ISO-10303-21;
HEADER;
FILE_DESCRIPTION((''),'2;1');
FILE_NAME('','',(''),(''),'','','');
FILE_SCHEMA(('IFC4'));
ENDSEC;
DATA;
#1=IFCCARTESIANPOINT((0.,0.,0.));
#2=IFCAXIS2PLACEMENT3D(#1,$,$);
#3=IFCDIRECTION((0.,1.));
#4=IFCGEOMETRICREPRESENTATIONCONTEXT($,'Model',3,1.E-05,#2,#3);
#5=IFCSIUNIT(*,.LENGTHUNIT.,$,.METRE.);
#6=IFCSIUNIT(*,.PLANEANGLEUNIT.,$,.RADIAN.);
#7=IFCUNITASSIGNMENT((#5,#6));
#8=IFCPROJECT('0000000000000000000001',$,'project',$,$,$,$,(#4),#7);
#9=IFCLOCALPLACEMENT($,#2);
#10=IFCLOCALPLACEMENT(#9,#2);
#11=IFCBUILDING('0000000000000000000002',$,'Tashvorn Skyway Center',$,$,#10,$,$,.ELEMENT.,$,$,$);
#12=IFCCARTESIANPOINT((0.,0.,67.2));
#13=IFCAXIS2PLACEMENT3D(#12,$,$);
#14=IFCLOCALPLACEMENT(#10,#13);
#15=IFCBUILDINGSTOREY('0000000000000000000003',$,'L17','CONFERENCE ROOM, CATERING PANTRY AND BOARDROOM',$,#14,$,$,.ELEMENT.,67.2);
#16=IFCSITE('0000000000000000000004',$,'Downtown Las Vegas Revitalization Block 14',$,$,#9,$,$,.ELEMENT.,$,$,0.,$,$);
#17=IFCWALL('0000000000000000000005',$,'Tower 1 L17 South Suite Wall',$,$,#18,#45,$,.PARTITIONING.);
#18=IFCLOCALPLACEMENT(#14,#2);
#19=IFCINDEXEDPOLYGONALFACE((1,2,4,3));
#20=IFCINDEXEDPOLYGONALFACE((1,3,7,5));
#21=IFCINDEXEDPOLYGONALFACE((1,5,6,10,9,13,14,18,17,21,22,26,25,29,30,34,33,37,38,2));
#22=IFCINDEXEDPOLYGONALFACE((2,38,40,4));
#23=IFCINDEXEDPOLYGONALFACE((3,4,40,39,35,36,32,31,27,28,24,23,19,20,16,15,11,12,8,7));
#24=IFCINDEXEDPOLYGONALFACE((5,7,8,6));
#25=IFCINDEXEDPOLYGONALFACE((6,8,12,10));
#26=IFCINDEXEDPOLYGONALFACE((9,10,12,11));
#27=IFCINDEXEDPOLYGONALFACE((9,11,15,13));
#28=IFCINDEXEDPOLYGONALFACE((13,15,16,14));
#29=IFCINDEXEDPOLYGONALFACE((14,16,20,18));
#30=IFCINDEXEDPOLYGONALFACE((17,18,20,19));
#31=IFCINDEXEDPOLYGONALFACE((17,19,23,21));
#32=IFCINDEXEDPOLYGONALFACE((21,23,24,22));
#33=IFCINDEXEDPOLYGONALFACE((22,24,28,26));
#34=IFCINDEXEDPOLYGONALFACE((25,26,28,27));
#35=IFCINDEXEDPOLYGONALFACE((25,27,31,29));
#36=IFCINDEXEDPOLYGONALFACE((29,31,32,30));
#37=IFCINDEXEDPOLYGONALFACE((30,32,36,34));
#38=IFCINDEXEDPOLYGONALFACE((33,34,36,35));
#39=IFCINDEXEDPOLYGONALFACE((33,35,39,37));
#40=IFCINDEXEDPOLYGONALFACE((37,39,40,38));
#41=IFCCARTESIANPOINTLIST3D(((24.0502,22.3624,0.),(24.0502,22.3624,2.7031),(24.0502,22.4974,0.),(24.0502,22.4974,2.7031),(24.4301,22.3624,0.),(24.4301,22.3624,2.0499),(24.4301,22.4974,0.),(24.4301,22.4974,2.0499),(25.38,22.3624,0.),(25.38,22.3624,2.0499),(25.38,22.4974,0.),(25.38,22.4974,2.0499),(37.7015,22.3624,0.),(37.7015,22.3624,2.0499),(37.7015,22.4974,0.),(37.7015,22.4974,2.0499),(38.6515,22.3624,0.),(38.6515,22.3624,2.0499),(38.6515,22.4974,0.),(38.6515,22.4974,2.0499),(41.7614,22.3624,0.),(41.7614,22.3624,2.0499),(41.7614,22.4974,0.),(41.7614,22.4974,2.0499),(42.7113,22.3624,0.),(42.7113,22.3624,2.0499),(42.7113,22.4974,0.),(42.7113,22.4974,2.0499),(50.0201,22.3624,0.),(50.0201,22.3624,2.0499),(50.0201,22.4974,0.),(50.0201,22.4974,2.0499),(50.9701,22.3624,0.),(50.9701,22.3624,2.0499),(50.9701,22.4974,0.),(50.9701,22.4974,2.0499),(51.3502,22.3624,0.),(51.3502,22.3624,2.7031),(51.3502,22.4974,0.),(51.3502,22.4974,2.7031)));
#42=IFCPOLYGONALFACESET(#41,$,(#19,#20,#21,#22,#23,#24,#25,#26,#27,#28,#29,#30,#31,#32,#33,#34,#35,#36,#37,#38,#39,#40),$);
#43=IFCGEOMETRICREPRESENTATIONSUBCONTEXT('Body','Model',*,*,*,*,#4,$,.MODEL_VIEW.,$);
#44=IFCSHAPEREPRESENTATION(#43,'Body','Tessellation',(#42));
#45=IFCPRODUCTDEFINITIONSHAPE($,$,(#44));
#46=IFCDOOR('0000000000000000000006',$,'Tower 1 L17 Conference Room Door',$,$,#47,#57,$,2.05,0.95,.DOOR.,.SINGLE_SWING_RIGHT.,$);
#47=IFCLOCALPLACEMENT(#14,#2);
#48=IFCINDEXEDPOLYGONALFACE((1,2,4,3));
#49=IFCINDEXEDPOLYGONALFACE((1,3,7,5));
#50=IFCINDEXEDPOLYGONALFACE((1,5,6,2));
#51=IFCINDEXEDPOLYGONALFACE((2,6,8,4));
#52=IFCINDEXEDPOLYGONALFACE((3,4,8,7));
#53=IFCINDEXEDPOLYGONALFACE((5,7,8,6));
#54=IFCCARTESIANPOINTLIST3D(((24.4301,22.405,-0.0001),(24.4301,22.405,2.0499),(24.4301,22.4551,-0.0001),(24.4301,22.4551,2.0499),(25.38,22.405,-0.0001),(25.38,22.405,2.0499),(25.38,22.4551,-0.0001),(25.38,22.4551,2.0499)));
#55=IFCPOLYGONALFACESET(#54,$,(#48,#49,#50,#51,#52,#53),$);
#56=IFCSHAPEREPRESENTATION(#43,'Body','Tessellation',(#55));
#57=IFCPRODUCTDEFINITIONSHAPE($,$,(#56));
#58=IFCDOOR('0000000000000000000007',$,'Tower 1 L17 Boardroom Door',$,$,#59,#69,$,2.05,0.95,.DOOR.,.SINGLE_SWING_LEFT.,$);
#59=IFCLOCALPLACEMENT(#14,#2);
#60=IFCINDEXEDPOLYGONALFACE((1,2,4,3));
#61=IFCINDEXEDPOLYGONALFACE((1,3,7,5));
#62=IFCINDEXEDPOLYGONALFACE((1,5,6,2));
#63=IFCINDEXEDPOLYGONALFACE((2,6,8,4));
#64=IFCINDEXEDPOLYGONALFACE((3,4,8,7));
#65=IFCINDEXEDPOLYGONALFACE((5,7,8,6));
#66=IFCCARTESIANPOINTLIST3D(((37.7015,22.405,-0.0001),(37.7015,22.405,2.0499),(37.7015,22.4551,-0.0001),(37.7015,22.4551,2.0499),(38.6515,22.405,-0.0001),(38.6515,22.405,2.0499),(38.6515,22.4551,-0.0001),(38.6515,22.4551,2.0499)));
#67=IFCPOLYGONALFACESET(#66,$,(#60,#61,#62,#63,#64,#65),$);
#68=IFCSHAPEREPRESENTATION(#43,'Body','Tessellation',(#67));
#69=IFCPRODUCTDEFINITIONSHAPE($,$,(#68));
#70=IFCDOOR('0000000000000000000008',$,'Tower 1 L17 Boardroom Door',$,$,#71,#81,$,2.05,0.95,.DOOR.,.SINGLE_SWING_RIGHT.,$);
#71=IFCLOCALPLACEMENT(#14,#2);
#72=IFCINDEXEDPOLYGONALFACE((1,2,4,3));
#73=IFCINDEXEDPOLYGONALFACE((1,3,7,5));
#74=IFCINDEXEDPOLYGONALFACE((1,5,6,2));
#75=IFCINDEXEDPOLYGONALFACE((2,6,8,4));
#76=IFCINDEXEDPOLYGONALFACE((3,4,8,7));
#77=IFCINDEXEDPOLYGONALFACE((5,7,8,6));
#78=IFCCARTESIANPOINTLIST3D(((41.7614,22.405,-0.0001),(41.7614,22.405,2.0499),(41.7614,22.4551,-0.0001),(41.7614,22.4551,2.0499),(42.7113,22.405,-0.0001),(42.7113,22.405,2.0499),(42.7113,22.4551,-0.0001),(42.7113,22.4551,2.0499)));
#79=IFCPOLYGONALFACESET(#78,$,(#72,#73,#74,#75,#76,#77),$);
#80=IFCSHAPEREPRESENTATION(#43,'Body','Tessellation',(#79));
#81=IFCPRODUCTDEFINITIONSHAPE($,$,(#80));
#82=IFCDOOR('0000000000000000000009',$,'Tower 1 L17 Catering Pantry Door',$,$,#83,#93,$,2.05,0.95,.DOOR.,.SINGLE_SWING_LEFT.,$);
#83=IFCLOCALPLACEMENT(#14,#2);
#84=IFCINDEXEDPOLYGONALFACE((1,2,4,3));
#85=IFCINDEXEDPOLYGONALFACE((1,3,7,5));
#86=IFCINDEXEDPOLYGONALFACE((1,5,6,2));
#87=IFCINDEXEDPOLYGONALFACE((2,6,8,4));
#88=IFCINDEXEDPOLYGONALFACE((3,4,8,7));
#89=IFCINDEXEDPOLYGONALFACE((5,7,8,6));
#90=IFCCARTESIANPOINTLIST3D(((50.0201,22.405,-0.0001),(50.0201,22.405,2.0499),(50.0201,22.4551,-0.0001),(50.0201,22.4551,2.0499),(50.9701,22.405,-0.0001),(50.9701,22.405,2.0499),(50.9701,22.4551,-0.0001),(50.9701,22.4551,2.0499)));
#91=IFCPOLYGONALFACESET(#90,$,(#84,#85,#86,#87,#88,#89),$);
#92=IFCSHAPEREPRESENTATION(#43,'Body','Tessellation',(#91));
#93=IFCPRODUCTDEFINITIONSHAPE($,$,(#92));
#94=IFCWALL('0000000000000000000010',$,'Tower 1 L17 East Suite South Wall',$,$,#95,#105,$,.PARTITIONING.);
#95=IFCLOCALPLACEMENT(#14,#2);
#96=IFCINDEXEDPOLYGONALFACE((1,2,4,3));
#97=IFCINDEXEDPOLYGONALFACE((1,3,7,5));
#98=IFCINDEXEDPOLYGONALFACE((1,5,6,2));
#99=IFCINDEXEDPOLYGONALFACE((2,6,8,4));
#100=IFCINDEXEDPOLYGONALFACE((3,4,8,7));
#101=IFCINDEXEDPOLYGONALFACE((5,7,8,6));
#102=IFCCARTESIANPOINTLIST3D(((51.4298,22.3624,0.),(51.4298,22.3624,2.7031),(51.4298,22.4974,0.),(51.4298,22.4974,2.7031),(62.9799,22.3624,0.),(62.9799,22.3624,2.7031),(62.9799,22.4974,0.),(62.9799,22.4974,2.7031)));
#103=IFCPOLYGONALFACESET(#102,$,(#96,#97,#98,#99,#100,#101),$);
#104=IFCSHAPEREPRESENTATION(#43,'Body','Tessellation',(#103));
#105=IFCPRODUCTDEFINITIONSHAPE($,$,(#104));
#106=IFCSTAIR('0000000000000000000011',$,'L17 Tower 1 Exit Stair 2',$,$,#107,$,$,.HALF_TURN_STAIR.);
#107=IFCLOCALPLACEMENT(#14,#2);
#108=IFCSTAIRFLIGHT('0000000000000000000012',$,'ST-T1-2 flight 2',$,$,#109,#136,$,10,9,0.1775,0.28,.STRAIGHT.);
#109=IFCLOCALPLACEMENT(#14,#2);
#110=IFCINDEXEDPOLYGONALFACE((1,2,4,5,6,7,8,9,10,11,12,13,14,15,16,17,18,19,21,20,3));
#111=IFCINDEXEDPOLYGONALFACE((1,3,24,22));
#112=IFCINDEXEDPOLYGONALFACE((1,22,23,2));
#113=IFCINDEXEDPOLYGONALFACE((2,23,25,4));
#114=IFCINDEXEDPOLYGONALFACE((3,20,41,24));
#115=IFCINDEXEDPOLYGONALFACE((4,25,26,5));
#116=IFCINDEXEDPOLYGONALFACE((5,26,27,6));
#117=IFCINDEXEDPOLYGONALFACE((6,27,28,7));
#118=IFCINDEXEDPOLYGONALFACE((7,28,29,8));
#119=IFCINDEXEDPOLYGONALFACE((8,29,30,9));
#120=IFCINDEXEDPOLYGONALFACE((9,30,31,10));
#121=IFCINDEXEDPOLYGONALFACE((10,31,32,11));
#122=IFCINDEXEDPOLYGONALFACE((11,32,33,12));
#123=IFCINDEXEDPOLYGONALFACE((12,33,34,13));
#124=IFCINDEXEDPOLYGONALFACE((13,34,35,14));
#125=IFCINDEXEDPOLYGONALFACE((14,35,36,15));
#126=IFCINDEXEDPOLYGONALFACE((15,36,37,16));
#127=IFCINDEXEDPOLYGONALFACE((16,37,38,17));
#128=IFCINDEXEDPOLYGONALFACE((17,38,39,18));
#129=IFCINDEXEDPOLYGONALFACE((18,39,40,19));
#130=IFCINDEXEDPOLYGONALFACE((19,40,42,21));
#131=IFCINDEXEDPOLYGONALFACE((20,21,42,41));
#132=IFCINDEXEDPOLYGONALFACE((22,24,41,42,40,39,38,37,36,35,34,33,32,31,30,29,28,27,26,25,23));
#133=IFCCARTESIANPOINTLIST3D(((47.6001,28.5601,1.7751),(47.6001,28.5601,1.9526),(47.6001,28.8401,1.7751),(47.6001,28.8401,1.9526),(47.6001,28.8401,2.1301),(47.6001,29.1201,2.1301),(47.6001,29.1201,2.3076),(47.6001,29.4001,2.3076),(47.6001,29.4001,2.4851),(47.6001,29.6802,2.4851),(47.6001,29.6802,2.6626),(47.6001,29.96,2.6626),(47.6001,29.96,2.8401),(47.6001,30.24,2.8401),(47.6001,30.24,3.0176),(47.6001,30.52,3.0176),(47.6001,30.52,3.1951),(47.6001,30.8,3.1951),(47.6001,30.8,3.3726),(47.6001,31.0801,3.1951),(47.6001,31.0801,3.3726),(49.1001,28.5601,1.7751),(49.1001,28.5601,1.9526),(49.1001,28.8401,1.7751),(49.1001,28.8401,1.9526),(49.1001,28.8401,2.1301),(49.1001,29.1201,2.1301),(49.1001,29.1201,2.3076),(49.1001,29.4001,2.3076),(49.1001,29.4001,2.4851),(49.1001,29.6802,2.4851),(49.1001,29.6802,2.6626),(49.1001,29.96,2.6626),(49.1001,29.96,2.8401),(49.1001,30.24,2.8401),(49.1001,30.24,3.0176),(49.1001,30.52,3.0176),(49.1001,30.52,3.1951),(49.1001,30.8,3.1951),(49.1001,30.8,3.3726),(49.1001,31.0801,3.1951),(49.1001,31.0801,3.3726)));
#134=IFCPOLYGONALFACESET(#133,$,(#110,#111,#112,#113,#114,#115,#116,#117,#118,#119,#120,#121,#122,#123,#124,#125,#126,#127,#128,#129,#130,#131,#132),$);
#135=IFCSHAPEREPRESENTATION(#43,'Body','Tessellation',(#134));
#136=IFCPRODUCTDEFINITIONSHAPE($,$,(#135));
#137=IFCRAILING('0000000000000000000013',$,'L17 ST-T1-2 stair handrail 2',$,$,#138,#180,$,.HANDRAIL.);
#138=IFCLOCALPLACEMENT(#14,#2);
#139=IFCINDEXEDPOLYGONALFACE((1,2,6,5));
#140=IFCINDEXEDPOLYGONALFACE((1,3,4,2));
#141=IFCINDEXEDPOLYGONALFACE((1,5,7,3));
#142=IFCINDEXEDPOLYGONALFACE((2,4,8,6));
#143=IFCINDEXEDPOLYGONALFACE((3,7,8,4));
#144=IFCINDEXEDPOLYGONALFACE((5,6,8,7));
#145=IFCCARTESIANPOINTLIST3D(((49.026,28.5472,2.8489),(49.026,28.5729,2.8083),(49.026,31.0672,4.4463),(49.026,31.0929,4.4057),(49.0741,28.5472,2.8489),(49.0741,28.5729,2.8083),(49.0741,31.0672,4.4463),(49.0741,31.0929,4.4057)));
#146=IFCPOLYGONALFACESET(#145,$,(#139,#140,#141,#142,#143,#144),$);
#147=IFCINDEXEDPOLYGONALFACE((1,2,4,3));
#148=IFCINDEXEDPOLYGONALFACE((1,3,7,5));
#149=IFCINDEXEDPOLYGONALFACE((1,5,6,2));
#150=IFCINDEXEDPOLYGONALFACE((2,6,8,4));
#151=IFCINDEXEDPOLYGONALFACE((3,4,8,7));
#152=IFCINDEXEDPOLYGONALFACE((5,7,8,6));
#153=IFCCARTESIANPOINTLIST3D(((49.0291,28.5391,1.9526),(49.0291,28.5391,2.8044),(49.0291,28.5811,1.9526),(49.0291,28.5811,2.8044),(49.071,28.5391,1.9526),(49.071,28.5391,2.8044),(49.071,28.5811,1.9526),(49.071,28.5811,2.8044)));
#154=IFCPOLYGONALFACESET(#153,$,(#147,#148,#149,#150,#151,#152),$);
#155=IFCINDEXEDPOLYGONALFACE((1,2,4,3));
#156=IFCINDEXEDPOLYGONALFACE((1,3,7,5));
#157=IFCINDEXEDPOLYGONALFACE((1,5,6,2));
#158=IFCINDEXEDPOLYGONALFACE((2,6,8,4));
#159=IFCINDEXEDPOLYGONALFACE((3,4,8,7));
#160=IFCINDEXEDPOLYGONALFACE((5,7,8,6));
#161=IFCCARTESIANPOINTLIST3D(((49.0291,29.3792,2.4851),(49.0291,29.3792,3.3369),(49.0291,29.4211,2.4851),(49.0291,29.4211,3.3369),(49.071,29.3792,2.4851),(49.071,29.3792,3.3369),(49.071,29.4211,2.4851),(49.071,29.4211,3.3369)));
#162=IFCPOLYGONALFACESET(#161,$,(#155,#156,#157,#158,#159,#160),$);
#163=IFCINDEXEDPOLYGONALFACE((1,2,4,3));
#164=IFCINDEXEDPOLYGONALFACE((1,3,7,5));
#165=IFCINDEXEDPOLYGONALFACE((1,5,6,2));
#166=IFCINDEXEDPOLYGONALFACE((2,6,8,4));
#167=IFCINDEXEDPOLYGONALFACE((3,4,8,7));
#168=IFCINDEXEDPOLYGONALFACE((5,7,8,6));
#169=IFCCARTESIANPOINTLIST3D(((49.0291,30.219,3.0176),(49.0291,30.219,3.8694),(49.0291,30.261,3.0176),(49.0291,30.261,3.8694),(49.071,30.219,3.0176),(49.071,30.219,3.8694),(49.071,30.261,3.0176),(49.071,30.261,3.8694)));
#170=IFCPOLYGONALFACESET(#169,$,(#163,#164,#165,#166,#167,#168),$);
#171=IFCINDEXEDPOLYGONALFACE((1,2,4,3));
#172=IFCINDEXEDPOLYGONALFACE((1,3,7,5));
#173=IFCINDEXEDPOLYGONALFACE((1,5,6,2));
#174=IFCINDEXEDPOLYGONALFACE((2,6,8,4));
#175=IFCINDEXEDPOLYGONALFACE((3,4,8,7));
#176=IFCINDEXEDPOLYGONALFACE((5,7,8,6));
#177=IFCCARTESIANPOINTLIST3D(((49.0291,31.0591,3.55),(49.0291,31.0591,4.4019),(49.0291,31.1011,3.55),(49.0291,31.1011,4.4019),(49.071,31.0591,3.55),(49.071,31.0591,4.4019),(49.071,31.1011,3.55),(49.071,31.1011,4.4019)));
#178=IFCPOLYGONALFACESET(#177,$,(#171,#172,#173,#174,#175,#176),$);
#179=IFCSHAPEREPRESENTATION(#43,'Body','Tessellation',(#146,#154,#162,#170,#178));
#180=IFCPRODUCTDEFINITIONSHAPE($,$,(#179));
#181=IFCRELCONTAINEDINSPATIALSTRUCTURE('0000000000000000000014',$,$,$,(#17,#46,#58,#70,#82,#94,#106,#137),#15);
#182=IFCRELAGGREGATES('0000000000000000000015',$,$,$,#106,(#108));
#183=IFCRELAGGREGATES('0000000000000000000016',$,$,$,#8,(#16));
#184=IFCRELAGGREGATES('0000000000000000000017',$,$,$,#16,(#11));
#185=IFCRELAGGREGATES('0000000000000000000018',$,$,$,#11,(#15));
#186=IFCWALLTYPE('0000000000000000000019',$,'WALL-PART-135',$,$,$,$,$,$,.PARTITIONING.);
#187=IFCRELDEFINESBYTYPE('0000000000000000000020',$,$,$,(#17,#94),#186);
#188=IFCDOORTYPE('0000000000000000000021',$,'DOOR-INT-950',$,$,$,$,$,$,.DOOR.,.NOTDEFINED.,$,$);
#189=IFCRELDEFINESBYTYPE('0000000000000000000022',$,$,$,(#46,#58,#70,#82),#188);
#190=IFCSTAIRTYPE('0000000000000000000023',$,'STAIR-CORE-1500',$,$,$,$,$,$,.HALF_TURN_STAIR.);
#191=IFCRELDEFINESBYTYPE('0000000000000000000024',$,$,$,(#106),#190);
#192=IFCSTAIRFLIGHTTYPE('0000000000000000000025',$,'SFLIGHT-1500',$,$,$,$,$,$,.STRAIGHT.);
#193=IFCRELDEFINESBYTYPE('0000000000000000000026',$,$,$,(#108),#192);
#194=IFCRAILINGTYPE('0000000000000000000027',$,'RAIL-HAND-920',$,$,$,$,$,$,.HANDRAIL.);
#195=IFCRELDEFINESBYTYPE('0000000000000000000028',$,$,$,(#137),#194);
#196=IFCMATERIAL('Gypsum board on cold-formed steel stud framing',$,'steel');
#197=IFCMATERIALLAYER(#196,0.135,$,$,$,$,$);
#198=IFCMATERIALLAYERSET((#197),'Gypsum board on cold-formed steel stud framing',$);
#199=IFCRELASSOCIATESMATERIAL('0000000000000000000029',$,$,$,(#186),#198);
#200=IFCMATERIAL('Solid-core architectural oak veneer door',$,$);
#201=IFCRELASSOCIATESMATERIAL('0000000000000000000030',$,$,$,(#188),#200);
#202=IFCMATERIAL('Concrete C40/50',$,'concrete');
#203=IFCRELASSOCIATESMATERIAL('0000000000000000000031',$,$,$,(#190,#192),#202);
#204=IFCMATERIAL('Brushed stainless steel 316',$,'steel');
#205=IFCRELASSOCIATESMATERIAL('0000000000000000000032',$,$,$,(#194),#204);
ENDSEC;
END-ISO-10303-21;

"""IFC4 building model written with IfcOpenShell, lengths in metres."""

from ifc_helpers import new_model, si_unit, direction, frame, frame_2d, origin, origin_2d, place, context, subcontext, project, spatial, polyline, rectangle, outline, extrude, material, layer, layer_set, type_object, element, fill, aggregate, save


model = new_model("IFC4")

# Units and contexts
model_context = context("Model", 3, precision=1e-05, world=origin(), true_north=direction((0.0, 1.0)))
body_context = subcontext(model_context, "Body", "Model", "MODEL_VIEW")
ifc_project = project(units=[si_unit("LENGTHUNIT", "METRE"), si_unit("PLANEANGLEUNIT", "RADIAN")], contexts=[model_context])

# Site, building, storey
site_placement = place(None, origin())
site = spatial("IfcSite", under=ifc_project, at=site_placement, Name="Downtown Las Vegas Revitalization Block 14", CompositionType="ELEMENT", RefElevation=0.0)
building_placement = place(site_placement, origin())
building = spatial("IfcBuilding", under=site, at=building_placement, Name="Tashvorn Skyway Center", CompositionType="ELEMENT")
storey_placement = place(building_placement, frame((0.0, 0.0, 67.2)))
storey = spatial("IfcBuildingStorey", under=building, at=storey_placement, Name="L17", Description="CONFERENCE ROOM, CATERING PANTRY AND BOARDROOM", CompositionType="ELEMENT", Elevation=67.2)

# Wall, openings, doors
ifc_material_1 = material(Name="Gypsum board on cold-formed steel stud framing", Category="steel")
ifc_layer_1 = layer(ifc_material_1, 0.135)
ifc_layer_set_1 = layer_set([ifc_layer_1], Name="Gypsum board on cold-formed steel stud framing")
wall_type_1 = type_object("IfcWallType", Name="WALL-PART-135", PredefinedType="PARTITIONING", material=ifc_layer_set_1)
wall_1_placement = place(storey_placement, frame((51.3501, 22.4299, 0.0), z_axis=(0.0, 0.0, 1.0), x_axis=(-1.0, 0.0, 0.0)))
wall_1 = element("IfcWall", 1, at=wall_1_placement, inside=storey, type_object=wall_type_1, Name="Tower 1 L17 South Suite Wall", PredefinedType="PARTITIONING", context=body_context, shape_type="SweptSolid", body=[
    extrude(rectangle(XDim=27.3, YDim=0.135, at=frame_2d((13.6499, 0.0))), origin(), (0.0, 0.0, 1.0), 2.7031),
])
opening_1_placement = place(wall_1_placement, frame((25.97, 0.0, 0.0)))
opening_1 = element("IfcOpeningElement", 2, at=opening_1_placement, cuts=wall_1, PredefinedType="OPENING", context=body_context, shape_type="SweptSolid", body=[
    extrude(rectangle(XDim=0.95, YDim=2.05, at=frame_2d((0.4751, 1.0249))), frame((0.0, 0.0774, 0.0), z_axis=(0.0, -1.0, 0.0), x_axis=(1.0, 0.0, 0.0)), (0.0, 0.0, 1.0), 0.155),
])
opening_2_placement = place(wall_1_placement, frame((12.6985, 0.0, 0.0)))
opening_2 = element("IfcOpeningElement", 3, at=opening_2_placement, cuts=wall_1, PredefinedType="OPENING", context=body_context, shape_type="SweptSolid", body=[
    extrude(rectangle(XDim=0.95, YDim=2.05, at=frame_2d((0.4751, 1.0249))), frame((0.0, 0.0774, 0.0), z_axis=(0.0, -1.0, 0.0), x_axis=(1.0, 0.0, 0.0)), (0.0, 0.0, 1.0), 0.155),
])
opening_3_placement = place(wall_1_placement, frame((8.6387, 0.0, 0.0)))
opening_3 = element("IfcOpeningElement", 4, at=opening_3_placement, cuts=wall_1, PredefinedType="OPENING", context=body_context, shape_type="SweptSolid", body=[
    extrude(rectangle(XDim=0.95, YDim=2.05, at=frame_2d((0.4751, 1.0249))), frame((0.0, 0.0774, 0.0), z_axis=(0.0, -1.0, 0.0), x_axis=(1.0, 0.0, 0.0)), (0.0, 0.0, 1.0), 0.155),
])
opening_4_placement = place(wall_1_placement, frame((0.3799, 0.0, 0.0)))
opening_4 = element("IfcOpeningElement", 5, at=opening_4_placement, cuts=wall_1, PredefinedType="OPENING", context=body_context, shape_type="SweptSolid", body=[
    extrude(rectangle(XDim=0.95, YDim=2.05, at=frame_2d((0.4751, 1.0249))), frame((0.0, 0.0774, 0.0), z_axis=(0.0, -1.0, 0.0), x_axis=(1.0, 0.0, 0.0)), (0.0, 0.0, 1.0), 0.155),
])
ifc_material_2 = material(Name="Solid-core architectural oak veneer door")
door_type_1 = type_object("IfcDoorType", Name="DOOR-INT-950", OperationType="NOTDEFINED", PredefinedType="DOOR", material=ifc_material_2)
door_1_placement = place(opening_1_placement, origin())
door_1 = element("IfcDoor", 6, at=door_1_placement, inside=storey, type_object=door_type_1, Name="Tower 1 L17 Conference Room Door", OperationType="SINGLE_SWING_RIGHT", OverallHeight=2.05, OverallWidth=0.95, PredefinedType="DOOR", context=body_context, shape_type="SweptSolid", body=[
    extrude(rectangle(XDim=0.95, YDim=2.05, at=frame_2d((0.4751, 1.0249))), frame((0.0, 0.0249, 0.0), z_axis=(0.0, -1.0, 0.0), x_axis=(1.0, 0.0, 0.0)), (0.0, 0.0, 1.0), 0.05),
])
fill(opening_1, door_1)
door_2_placement = place(opening_2_placement, origin())
door_2 = element("IfcDoor", 7, at=door_2_placement, inside=storey, type_object=door_type_1, Name="Tower 1 L17 Boardroom Door", OperationType="SINGLE_SWING_LEFT", OverallHeight=2.05, OverallWidth=0.95, PredefinedType="DOOR", context=body_context, shape_type="SweptSolid", body=[
    extrude(rectangle(XDim=0.95, YDim=2.05, at=frame_2d((0.4751, 1.0249))), frame((0.0, 0.0249, 0.0), z_axis=(0.0, -1.0, 0.0), x_axis=(1.0, 0.0, 0.0)), (0.0, 0.0, 1.0), 0.05),
])
fill(opening_2, door_2)
door_3_placement = place(opening_3_placement, origin())
door_3 = element("IfcDoor", 8, at=door_3_placement, inside=storey, type_object=door_type_1, Name="Tower 1 L17 Boardroom Door", OperationType="SINGLE_SWING_RIGHT", OverallHeight=2.05, OverallWidth=0.95, PredefinedType="DOOR", context=body_context, shape_type="SweptSolid", body=[
    extrude(rectangle(XDim=0.95, YDim=2.05, at=frame_2d((0.4751, 1.0249))), frame((0.0, 0.0249, 0.0), z_axis=(0.0, -1.0, 0.0), x_axis=(1.0, 0.0, 0.0)), (0.0, 0.0, 1.0), 0.05),
])
fill(opening_3, door_3)
door_4_placement = place(opening_4_placement, origin())
door_4 = element("IfcDoor", 9, at=door_4_placement, inside=storey, type_object=door_type_1, Name="Tower 1 L17 Catering Pantry Door", OperationType="SINGLE_SWING_LEFT", OverallHeight=2.05, OverallWidth=0.95, PredefinedType="DOOR", context=body_context, shape_type="SweptSolid", body=[
    extrude(rectangle(XDim=0.95, YDim=2.05, at=frame_2d((0.4751, 1.0249))), frame((0.0, 0.0249, 0.0), z_axis=(0.0, -1.0, 0.0), x_axis=(1.0, 0.0, 0.0)), (0.0, 0.0, 1.0), 0.05),
])
fill(opening_4, door_4)

# Wall
wall_2_placement = place(storey_placement, frame((51.4299, 22.4299, 0.0), z_axis=(0.0, 0.0, 1.0), x_axis=(1.0, 0.0, 0.0)))
element("IfcWall", 10, at=wall_2_placement, inside=storey, type_object=wall_type_1, Name="Tower 1 L17 East Suite South Wall", PredefinedType="PARTITIONING", context=body_context, shape_type="SweptSolid", body=[
    extrude(rectangle(XDim=11.55, YDim=0.135, at=frame_2d((5.7749, 0.0))), origin(), (0.0, 0.0, 1.0), 2.7031),
])

# Stair, stair flight
ifc_material_3 = material(Name="Concrete C40/50", Category="concrete")
stair_type = type_object("IfcStairType", Name="STAIR-CORE-1500", PredefinedType="HALF_TURN_STAIR", material=ifc_material_3)
stair_placement = place(storey_placement, origin())
stair = element("IfcStair", 11, at=stair_placement, inside=storey, type_object=stair_type, Name="L17 Tower 1 Exit Stair 2", PredefinedType="HALF_TURN_STAIR")
stair_flight_type = type_object("IfcStairFlightType", Name="SFLIGHT-1500", PredefinedType="STRAIGHT", material=ifc_material_3)
stair_flight_placement = place(storey_placement, frame((48.3501, 28.5601, 1.7751), z_axis=(0.0, 0.0, 1.0), x_axis=(0.0, 1.0, 0.0)))
stair_flight = element("IfcStairFlight", 12, at=stair_flight_placement, type_object=stair_flight_type, Name="ST-T1-2 flight 2", NumberOfRisers=10, NumberOfTreads=9, PredefinedType="STRAIGHT", RiserHeight=0.1775, TreadLength=0.28, context=body_context, shape_type="SweptSolid", body=[
    extrude(outline(polyline([(0.0, 0.0), (0.0, 0.1775), (0.28, 0.1775), (0.28, 0.355), (0.5601, 0.355), (0.5601, 0.5325), (0.8401, 0.5325), (0.8401, 0.71), (1.1201, 0.71), (1.1201, 0.8875), (1.3999, 0.8875), (1.3999, 1.0649), (1.6799, 1.0649), (1.6799, 1.2424), (1.96, 1.2424), (1.96, 1.4199), (2.24, 1.4199), (2.24, 1.5974), (2.52, 1.5974), (2.52, 1.7749), (2.52, 1.4199), (0.28, 0.0), (0.0, 0.0)])), frame((0.0, 0.75, 0.0), z_axis=(0.0, -1.0, 0.0), x_axis=(1.0, 0.0, 0.0)), (0.0, 0.0, 1.0), 1.5),
])
aggregate(stair, [stair_flight])

# Railing
ifc_material_4 = material(Name="Brushed stainless steel 316", Category="steel")
railing_type_1 = type_object("IfcRailingType", Name="RAIL-HAND-920", PredefinedType="HANDRAIL", material=ifc_material_4)
railing_1_placement = place(storey_placement, frame((49.05, 28.5601, 1.9526)))
element("IfcRailing", 13, at=railing_1_placement, inside=storey, type_object=railing_type_1, Name="L17 ST-T1-2 stair handrail 2", PredefinedType="HANDRAIL", context=body_context, shape_type="SweptSolid", body=[
    extrude(rectangle(XDim=0.0481, YDim=0.0481, at=origin_2d()), frame((0.0, 0.0, 0.876), z_axis=(0.0, 0.844607, 0.535387), x_axis=(-1.0, 0.0, 0.0)), (0.0, 0.0, 1.0), 2.9836),
    extrude(rectangle(XDim=0.042, YDim=0.042, at=origin_2d()), origin(), (0.0, 0.0, 1.0), 0.8518),
    extrude(rectangle(XDim=0.042, YDim=0.042, at=origin_2d()), frame((0.0, 0.8401, 0.5325)), (0.0, 0.0, 1.0), 0.8518),
    extrude(rectangle(XDim=0.042, YDim=0.042, at=origin_2d()), frame((0.0, 1.6799, 1.0649)), (0.0, 0.0, 1.0), 0.8518),
    extrude(rectangle(XDim=0.042, YDim=0.042, at=origin_2d()), frame((0.0, 2.52, 1.5974)), (0.0, 0.0, 1.0), 0.8518),
])

save(model, "model.ifc")
